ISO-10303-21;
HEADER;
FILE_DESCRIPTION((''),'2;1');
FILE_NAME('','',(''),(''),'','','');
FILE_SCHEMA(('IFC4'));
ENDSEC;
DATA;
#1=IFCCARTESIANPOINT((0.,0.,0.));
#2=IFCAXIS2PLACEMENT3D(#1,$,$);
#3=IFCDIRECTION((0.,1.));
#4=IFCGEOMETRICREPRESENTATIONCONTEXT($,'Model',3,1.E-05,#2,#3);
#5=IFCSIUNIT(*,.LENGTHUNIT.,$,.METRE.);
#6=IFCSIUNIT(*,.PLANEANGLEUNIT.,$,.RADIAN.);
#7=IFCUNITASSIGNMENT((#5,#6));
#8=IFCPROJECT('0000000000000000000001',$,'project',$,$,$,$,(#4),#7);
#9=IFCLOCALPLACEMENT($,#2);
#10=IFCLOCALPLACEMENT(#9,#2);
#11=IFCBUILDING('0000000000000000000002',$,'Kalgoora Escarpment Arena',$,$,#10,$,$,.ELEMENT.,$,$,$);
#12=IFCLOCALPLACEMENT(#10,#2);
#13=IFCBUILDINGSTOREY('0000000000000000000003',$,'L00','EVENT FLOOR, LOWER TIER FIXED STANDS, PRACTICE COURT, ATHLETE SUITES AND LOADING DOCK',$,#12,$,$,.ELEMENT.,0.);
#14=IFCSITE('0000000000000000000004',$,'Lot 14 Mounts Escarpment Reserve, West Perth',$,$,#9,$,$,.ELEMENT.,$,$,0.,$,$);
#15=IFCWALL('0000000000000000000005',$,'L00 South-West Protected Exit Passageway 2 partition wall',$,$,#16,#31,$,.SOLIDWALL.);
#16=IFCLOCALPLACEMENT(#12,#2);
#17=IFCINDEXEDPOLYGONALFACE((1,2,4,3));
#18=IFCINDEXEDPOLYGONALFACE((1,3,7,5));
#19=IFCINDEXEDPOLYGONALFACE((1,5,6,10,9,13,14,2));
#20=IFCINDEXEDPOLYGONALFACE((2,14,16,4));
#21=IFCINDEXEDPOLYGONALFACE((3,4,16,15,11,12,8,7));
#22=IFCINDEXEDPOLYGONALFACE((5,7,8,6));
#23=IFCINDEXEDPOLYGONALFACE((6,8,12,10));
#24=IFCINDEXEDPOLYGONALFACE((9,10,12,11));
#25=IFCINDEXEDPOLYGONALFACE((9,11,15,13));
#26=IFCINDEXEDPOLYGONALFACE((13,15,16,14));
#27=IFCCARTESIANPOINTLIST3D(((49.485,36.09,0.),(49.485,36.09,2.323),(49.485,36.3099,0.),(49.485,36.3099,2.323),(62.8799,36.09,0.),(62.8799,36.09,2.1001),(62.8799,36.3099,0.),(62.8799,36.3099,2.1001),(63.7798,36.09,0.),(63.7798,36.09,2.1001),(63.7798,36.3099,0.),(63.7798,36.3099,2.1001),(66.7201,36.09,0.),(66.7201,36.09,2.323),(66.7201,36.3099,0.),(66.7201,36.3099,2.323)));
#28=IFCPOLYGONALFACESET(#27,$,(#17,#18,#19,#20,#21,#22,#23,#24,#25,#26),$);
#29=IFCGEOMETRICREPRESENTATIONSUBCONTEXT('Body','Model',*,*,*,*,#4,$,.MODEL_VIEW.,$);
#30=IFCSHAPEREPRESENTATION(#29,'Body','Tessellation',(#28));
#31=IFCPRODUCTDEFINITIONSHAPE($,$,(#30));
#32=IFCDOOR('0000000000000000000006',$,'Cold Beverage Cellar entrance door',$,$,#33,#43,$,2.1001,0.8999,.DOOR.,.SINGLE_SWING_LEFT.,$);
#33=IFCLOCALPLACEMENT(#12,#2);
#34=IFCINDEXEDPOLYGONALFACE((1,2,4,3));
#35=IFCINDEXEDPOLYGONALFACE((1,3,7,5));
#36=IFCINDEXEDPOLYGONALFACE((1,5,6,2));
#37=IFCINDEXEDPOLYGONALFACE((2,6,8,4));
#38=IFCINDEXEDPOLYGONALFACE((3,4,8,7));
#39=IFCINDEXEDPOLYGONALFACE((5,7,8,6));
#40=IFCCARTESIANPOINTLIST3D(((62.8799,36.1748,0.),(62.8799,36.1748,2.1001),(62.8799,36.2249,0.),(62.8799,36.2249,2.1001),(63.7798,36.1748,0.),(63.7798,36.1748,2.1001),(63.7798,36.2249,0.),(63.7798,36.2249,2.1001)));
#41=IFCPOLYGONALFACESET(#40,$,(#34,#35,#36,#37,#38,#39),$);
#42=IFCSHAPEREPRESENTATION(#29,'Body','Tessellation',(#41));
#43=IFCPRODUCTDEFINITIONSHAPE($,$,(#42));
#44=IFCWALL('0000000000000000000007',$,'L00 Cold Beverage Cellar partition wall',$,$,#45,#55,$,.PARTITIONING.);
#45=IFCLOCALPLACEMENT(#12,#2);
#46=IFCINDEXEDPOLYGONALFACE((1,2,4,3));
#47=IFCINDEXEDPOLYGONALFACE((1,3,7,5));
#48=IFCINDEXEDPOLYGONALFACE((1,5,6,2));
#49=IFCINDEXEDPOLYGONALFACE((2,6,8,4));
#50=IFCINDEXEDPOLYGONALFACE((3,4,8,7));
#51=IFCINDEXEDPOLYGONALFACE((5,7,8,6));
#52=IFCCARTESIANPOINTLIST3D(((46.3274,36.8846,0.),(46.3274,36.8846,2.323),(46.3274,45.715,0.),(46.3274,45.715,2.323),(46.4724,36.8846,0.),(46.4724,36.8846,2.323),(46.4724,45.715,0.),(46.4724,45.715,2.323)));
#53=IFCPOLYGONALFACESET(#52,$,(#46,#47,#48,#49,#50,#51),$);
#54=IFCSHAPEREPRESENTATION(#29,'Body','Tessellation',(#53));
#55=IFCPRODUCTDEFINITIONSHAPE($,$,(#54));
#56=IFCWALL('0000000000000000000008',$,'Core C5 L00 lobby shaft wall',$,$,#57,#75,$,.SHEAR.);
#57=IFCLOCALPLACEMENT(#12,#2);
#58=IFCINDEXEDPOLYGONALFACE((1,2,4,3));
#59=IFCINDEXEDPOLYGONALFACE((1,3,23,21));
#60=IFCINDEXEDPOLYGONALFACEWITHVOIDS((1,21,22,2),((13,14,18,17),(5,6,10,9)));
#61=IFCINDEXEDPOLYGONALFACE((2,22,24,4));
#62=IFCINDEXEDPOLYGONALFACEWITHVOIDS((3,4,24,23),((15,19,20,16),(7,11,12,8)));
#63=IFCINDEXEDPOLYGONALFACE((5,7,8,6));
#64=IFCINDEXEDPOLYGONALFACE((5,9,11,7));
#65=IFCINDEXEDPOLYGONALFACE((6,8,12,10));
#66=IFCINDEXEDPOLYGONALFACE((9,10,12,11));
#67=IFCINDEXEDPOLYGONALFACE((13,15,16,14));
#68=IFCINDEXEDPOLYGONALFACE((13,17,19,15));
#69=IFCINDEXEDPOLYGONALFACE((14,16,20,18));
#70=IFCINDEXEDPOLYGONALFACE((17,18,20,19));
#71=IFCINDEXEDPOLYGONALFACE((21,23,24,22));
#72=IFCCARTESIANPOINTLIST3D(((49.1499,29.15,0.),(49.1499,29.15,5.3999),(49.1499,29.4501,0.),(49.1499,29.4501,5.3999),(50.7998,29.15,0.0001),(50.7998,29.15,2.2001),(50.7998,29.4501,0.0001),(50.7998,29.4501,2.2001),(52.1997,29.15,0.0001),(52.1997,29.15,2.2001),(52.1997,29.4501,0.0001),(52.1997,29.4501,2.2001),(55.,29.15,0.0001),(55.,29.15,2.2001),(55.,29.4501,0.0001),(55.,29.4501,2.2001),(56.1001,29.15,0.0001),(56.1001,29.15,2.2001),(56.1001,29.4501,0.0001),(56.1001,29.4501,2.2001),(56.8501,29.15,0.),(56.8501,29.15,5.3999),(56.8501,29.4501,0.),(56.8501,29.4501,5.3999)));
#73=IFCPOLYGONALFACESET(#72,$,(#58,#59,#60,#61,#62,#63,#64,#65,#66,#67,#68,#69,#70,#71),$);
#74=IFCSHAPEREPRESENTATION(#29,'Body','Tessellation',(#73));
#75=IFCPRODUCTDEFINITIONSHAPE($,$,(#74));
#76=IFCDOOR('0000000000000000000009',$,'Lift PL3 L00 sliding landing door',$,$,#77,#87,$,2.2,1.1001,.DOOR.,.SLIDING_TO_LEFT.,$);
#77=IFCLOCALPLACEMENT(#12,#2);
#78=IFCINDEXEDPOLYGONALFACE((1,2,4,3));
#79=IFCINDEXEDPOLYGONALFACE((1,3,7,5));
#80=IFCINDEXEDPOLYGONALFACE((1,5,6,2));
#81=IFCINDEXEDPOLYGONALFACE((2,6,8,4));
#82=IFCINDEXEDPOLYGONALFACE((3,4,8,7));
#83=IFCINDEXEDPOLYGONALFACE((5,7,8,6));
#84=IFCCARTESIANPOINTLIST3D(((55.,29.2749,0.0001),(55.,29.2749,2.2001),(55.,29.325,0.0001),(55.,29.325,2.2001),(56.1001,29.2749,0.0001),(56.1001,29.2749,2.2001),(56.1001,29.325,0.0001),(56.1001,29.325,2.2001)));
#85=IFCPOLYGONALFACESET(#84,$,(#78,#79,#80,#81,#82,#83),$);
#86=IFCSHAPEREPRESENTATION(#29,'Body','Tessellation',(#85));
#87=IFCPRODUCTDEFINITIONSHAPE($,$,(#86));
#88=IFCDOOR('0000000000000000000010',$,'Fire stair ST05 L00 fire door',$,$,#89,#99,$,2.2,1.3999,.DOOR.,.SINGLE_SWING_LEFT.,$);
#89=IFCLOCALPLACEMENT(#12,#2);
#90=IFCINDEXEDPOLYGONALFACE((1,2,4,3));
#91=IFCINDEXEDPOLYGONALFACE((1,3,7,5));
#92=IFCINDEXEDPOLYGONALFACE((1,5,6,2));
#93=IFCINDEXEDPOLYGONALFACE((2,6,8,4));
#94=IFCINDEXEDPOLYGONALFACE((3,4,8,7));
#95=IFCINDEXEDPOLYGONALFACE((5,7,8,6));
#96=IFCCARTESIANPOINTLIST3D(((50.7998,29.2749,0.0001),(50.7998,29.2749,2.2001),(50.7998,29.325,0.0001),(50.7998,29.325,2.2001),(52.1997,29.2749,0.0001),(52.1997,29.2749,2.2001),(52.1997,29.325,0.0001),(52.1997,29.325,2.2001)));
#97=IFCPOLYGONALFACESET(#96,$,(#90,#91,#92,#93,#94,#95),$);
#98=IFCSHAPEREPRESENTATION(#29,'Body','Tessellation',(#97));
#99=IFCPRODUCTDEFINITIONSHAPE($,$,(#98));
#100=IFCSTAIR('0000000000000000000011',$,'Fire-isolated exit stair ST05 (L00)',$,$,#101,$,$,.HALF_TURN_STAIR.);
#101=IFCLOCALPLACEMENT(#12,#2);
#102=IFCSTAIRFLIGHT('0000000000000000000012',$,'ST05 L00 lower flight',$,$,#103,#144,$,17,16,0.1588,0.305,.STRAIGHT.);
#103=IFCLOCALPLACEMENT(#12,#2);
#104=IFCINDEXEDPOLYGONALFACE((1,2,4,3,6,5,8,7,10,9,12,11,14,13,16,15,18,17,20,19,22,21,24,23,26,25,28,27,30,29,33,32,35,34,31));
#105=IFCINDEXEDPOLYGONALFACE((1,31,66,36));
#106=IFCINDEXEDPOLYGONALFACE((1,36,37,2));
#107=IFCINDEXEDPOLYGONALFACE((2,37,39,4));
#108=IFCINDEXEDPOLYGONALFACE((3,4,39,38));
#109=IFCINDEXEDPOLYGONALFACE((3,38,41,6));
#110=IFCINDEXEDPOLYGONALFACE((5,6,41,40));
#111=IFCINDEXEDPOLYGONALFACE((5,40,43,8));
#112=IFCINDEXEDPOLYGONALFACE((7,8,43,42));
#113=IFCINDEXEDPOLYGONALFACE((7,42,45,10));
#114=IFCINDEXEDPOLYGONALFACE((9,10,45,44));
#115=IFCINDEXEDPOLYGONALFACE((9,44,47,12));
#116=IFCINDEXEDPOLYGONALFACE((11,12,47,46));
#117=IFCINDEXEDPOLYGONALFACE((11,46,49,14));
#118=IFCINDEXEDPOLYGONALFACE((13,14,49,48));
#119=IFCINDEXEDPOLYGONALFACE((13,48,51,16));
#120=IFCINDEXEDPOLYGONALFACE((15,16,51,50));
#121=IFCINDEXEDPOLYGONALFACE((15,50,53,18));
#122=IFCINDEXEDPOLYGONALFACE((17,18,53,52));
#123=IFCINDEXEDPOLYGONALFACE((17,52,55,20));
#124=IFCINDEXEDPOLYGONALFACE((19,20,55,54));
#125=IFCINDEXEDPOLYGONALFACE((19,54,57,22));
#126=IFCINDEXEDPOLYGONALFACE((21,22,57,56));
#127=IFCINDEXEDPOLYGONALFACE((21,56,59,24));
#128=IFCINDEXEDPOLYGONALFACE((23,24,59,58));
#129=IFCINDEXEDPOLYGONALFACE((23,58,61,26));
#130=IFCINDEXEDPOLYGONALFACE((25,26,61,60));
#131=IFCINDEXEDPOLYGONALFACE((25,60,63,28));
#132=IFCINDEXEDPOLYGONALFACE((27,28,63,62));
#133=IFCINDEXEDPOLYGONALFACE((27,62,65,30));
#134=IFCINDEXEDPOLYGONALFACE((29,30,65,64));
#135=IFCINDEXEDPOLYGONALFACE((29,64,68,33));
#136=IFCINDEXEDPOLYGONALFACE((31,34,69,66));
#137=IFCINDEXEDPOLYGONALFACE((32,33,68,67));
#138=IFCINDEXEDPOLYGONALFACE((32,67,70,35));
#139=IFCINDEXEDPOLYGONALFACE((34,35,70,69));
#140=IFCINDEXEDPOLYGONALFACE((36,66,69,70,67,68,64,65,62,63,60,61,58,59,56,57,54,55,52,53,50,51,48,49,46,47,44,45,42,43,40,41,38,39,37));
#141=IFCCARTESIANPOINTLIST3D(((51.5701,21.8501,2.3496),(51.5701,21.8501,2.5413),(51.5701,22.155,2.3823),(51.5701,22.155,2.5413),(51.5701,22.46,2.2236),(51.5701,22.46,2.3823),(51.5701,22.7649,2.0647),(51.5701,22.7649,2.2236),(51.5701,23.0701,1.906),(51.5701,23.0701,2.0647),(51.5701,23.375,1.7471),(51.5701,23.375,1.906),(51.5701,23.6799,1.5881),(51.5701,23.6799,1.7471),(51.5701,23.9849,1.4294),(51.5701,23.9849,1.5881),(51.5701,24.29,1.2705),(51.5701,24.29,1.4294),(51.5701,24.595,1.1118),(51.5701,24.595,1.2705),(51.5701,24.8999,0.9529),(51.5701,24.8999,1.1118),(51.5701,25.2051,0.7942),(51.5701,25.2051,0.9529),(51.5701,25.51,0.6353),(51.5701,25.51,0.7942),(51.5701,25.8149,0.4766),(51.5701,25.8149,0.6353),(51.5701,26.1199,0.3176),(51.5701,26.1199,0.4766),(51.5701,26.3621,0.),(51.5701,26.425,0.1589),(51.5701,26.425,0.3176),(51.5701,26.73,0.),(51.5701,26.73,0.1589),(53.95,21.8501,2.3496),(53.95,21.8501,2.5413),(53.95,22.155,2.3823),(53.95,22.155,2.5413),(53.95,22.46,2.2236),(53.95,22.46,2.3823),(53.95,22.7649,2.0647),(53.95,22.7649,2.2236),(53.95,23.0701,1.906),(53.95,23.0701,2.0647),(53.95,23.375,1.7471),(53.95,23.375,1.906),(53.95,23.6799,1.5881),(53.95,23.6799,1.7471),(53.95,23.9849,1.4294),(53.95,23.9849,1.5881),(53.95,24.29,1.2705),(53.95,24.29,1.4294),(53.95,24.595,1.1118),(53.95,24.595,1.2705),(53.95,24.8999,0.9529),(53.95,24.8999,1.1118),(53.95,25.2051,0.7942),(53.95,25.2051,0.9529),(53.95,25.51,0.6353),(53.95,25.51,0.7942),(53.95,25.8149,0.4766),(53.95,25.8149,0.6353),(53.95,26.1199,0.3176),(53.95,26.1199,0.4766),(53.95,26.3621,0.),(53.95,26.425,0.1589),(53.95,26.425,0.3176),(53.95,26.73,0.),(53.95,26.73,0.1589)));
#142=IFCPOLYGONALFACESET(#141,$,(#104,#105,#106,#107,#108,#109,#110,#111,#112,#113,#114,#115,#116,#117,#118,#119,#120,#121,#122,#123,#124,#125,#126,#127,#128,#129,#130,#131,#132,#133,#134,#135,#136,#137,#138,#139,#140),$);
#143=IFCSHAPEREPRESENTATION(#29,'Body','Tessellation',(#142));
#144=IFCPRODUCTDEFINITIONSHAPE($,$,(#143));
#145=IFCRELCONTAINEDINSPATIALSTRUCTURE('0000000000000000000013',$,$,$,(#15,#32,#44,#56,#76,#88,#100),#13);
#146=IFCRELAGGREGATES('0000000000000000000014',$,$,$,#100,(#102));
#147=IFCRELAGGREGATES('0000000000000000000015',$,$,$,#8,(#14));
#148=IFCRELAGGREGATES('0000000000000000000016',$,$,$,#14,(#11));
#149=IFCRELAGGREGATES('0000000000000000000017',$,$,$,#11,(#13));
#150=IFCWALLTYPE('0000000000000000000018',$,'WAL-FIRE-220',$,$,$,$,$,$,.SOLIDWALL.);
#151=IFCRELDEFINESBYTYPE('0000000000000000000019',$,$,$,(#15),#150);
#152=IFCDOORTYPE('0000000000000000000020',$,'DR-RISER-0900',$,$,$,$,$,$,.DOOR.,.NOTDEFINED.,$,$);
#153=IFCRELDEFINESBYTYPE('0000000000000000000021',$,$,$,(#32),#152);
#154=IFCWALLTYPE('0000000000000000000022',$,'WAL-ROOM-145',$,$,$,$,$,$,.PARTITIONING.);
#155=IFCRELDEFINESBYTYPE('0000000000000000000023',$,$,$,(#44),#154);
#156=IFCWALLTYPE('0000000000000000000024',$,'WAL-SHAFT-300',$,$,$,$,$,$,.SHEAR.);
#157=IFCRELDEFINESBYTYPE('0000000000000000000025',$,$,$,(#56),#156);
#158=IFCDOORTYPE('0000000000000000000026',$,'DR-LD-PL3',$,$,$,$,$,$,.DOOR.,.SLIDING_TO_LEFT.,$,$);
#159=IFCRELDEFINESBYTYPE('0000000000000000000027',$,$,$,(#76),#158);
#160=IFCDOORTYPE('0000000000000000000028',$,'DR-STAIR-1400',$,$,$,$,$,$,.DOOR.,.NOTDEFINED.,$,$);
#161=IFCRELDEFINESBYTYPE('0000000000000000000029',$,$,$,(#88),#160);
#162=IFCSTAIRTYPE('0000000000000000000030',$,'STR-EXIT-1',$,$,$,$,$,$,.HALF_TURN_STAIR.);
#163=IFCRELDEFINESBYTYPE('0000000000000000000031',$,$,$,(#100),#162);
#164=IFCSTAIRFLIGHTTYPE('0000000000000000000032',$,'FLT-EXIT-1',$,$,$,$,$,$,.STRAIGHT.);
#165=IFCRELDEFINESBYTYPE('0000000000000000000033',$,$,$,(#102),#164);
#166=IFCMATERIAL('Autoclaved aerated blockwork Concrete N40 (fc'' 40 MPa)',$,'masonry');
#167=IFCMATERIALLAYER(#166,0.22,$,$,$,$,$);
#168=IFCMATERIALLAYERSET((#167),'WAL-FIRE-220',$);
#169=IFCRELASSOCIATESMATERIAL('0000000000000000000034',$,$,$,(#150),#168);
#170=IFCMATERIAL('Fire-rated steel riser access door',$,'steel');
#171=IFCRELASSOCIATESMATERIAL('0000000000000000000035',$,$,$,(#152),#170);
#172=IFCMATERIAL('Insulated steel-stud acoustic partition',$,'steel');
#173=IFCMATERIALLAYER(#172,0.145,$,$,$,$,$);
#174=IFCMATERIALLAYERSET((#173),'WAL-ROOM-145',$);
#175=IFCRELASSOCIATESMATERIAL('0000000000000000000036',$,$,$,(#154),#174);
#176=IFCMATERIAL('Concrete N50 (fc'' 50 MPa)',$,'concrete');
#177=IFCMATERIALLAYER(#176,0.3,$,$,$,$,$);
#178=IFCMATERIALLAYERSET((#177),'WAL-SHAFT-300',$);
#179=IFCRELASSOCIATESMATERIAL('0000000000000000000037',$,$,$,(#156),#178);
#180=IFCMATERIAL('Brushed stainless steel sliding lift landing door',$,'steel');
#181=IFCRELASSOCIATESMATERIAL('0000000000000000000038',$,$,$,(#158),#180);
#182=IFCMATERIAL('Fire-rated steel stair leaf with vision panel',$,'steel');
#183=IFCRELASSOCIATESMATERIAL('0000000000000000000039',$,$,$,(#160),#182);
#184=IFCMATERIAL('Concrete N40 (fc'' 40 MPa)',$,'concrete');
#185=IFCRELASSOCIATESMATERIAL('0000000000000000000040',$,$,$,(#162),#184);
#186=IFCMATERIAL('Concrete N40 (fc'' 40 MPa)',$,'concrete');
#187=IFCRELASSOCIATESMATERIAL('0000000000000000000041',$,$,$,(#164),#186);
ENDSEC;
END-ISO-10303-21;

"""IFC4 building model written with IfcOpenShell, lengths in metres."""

from ifc_helpers import new_model, si_unit, direction, frame, frame_2d, origin, place, context, subcontext, project, spatial, polyline, rectangle, outline, extrude, material, layer, layer_set, type_object, element, fill, aggregate, save


model = new_model("IFC4")

# Units and contexts
model_context = context("Model", 3, precision=1e-05, world=origin(), true_north=direction((0.0, 1.0)))
body_context = subcontext(model_context, "Body", "Model", "MODEL_VIEW")
ifc_project = project(units=[si_unit("LENGTHUNIT", "METRE"), si_unit("PLANEANGLEUNIT", "RADIAN")], contexts=[model_context])

# Site, building, storey
site_placement = place(None, origin())
site = spatial("IfcSite", under=ifc_project, at=site_placement, Name="Lot 14 Mounts Escarpment Reserve, West Perth", CompositionType="ELEMENT", RefElevation=0.0)
building_placement = place(site_placement, origin())
building = spatial("IfcBuilding", under=site, at=building_placement, Name="Kalgoora Escarpment Arena", CompositionType="ELEMENT")
storey_placement = place(building_placement, origin())
storey = spatial("IfcBuildingStorey", under=building, at=storey_placement, Name="L00", Description="EVENT FLOOR, LOWER TIER FIXED STANDS, PRACTICE COURT, ATHLETE SUITES AND LOADING DOCK", CompositionType="ELEMENT", Elevation=0.0)

# Shared definitions
ifc_material_1 = material(Name="Autoclaved aerated blockwork Concrete N40 (fc' 40 MPa)", Category="masonry")
ifc_layer_1 = layer(ifc_material_1, 0.22)
ifc_layer_set_1 = layer_set([ifc_layer_1], Name="WAL-FIRE-220")
wall_type_1 = type_object("IfcWallType", Name="WAL-FIRE-220", PredefinedType="SOLIDWALL", material=ifc_layer_set_1)

# Wall, opening, door
wall_1_placement = place(storey_placement, frame((49.4849, 36.2, 0.0), z_axis=(0.0, 0.0, 1.0), x_axis=(1.0, 0.0, 0.0)))
wall_1 = element("IfcWall", 1, at=wall_1_placement, inside=storey, type_object=wall_type_1, Name="L00 South-West Protected Exit Passageway 2 partition wall", PredefinedType="SOLIDWALL", context=body_context, shape_type="SweptSolid", body=[
    extrude(rectangle(XDim=17.2351, YDim=0.22, at=frame_2d((8.6177, 0.0))), origin(), (0.0, 0.0, 1.0), 2.323),
])
opening_1_placement = place(wall_1_placement, frame((13.395, 0.0, 0.0)))
opening_1 = element("IfcOpeningElement", 2, at=opening_1_placement, cuts=wall_1, PredefinedType="OPENING", context=body_context, shape_type="SweptSolid", body=[
    extrude(rectangle(XDim=0.8999, YDim=2.1001, at=frame_2d((0.45, 1.05))), frame((0.0, 0.1199, 0.0), z_axis=(0.0, -1.0, 0.0), x_axis=(1.0, 0.0, 0.0)), (0.0, 0.0, 1.0), 0.24),
])
ifc_material_2 = material(Name="Fire-rated steel riser access door", Category="steel")
door_type_1 = type_object("IfcDoorType", Name="DR-RISER-0900", OperationType="NOTDEFINED", PredefinedType="DOOR", material=ifc_material_2)
door_1_placement = place(opening_1_placement, origin())
door_1 = element("IfcDoor", 3, at=door_1_placement, inside=storey, type_object=door_type_1, Name="Cold Beverage Cellar entrance door", OperationType="SINGLE_SWING_LEFT", OverallHeight=2.1001, OverallWidth=0.8999, PredefinedType="DOOR", context=body_context, shape_type="SweptSolid", body=[
    extrude(rectangle(XDim=0.8999, YDim=2.1001, at=frame_2d((0.45, 1.05))), frame((0.0, 0.0249, 0.0), z_axis=(0.0, -1.0, 0.0), x_axis=(1.0, 0.0, 0.0)), (0.0, 0.0, 1.0), 0.05),
])
fill(opening_1, door_1)

# Wall
ifc_material_3 = material(Name="Insulated steel-stud acoustic partition", Category="steel")
ifc_layer_2 = layer(ifc_material_3, 0.145)
ifc_layer_set_2 = layer_set([ifc_layer_2], Name="WAL-ROOM-145")
wall_type_2 = type_object("IfcWallType", Name="WAL-ROOM-145", PredefinedType="PARTITIONING", material=ifc_layer_set_2)
wall_2_placement = place(storey_placement, frame((46.3999, 36.8848, 0.0), z_axis=(0.0, 0.0, 1.0), x_axis=(0.0, 1.0, 0.0)))
element("IfcWall", 4, at=wall_2_placement, inside=storey, type_object=wall_type_2, Name="L00 Cold Beverage Cellar partition wall", PredefinedType="PARTITIONING", context=body_context, shape_type="SweptSolid", body=[
    extrude(rectangle(XDim=8.8303, YDim=0.145, at=frame_2d((4.415, 0.0))), origin(), (0.0, 0.0, 1.0), 2.323),
])

# Wall, openings, doors
ifc_material_4 = material(Name="Concrete N50 (fc' 50 MPa)", Category="concrete")
ifc_layer_3 = layer(ifc_material_4, 0.3)
ifc_layer_set_3 = layer_set([ifc_layer_3], Name="WAL-SHAFT-300")
wall_type_3 = type_object("IfcWallType", Name="WAL-SHAFT-300", PredefinedType="SHEAR", material=ifc_layer_set_3)
wall_3_placement = place(storey_placement, frame((49.1499, 29.3, 0.0), z_axis=(0.0, 0.0, 1.0), x_axis=(1.0, 0.0, 0.0)))
wall_3 = element("IfcWall", 5, at=wall_3_placement, inside=storey, type_object=wall_type_3, Name="Core C5 L00 lobby shaft wall", PredefinedType="SHEAR", context=body_context, shape_type="SweptSolid", body=[
    extrude(rectangle(XDim=7.7002, YDim=0.3, at=frame_2d((3.8501, 0.0))), origin(), (0.0, 0.0, 1.0), 5.3999),
])
opening_2_placement = place(wall_3_placement, frame((1.6499, 0.0, 0.0)))
opening_2 = element("IfcOpeningElement", 6, at=opening_2_placement, cuts=wall_3, PredefinedType="OPENING", context=body_context, shape_type="SweptSolid", body=[
    extrude(rectangle(XDim=1.3999, YDim=2.2, at=frame_2d((0.7, 1.1001))), frame((0.0, 0.1599, 0.0), z_axis=(0.0, -1.0, 0.0), x_axis=(1.0, 0.0, 0.0)), (0.0, 0.0, 1.0), 0.3201),
])
opening_3_placement = place(wall_3_placement, frame((5.8501, 0.0, 0.0)))
opening_3 = element("IfcOpeningElement", 7, at=opening_3_placement, cuts=wall_3, PredefinedType="OPENING", context=body_context, shape_type="SweptSolid", body=[
    extrude(rectangle(XDim=1.1001, YDim=2.2, at=frame_2d((0.55, 1.1001))), frame((0.0, 0.1599, 0.0), z_axis=(0.0, -1.0, 0.0), x_axis=(1.0, 0.0, 0.0)), (0.0, 0.0, 1.0), 0.3201),
])
ifc_material_5 = material(Name="Brushed stainless steel sliding lift landing door", Category="steel")
door_type_2 = type_object("IfcDoorType", Name="DR-LD-PL3", OperationType="SLIDING_TO_LEFT", PredefinedType="DOOR", material=ifc_material_5)
door_2_placement = place(opening_3_placement, origin())
door_2 = element("IfcDoor", 8, at=door_2_placement, inside=storey, type_object=door_type_2, Name="Lift PL3 L00 sliding landing door", OperationType="SLIDING_TO_LEFT", OverallHeight=2.2, OverallWidth=1.1001, PredefinedType="DOOR", context=body_context, shape_type="SweptSolid", body=[
    extrude(rectangle(XDim=1.1001, YDim=2.2, at=frame_2d((0.55, 1.1001))), frame((0.0, 0.0249, 0.0), z_axis=(0.0, -1.0, 0.0), x_axis=(1.0, 0.0, 0.0)), (0.0, 0.0, 1.0), 0.05),
])
fill(opening_3, door_2)
ifc_material_6 = material(Name="Fire-rated steel stair leaf with vision panel", Category="steel")
door_type_3 = type_object("IfcDoorType", Name="DR-STAIR-1400", OperationType="NOTDEFINED", PredefinedType="DOOR", material=ifc_material_6)
door_3_placement = place(opening_2_placement, origin())
door_3 = element("IfcDoor", 9, at=door_3_placement, inside=storey, type_object=door_type_3, Name="Fire stair ST05 L00 fire door", OperationType="SINGLE_SWING_LEFT", OverallHeight=2.2, OverallWidth=1.3999, PredefinedType="DOOR", context=body_context, shape_type="SweptSolid", body=[
    extrude(rectangle(XDim=1.3999, YDim=2.2, at=frame_2d((0.7, 1.1001))), frame((0.0, 0.0249, 0.0), z_axis=(0.0, -1.0, 0.0), x_axis=(1.0, 0.0, 0.0)), (0.0, 0.0, 1.0), 0.05),
])
fill(opening_2, door_3)

# Stair, stair flight
ifc_material_7 = material(Name="Concrete N40 (fc' 40 MPa)", Category="concrete")
stair_type = type_object("IfcStairType", Name="STR-EXIT-1", PredefinedType="HALF_TURN_STAIR", material=ifc_material_7)
stair_placement = place(storey_placement, origin())
stair = element("IfcStair", 10, at=stair_placement, inside=storey, type_object=stair_type, Name="Fire-isolated exit stair ST05 (L00)", PredefinedType="HALF_TURN_STAIR")
ifc_material_8 = material(Name="Concrete N40 (fc' 40 MPa)", Category="concrete")
stair_flight_type = type_object("IfcStairFlightType", Name="FLT-EXIT-1", PredefinedType="STRAIGHT", material=ifc_material_8)
stair_flight_placement = place(storey_placement, frame((52.76, 26.73, 0.0), z_axis=(0.0, 0.0, 1.0), x_axis=(0.0, -1.0, 0.0)))
stair_flight = element("IfcStairFlight", 11, at=stair_flight_placement, type_object=stair_flight_type, Name="ST05 L00 lower flight", NumberOfRisers=17, NumberOfTreads=16, PredefinedType="STRAIGHT", RiserHeight=0.1588, TreadLength=0.305, context=body_context, shape_type="SweptSolid", body=[
    extrude(outline(polyline([(0.0, 0.0), (0.0, 0.1589), (0.3049, 0.1589), (0.3049, 0.3176), (0.6101, 0.3176), (0.6101, 0.4766), (0.915, 0.4766), (0.915, 0.6353), (1.22, 0.6353), (1.22, 0.7942), (1.5249, 0.7942), (1.5249, 0.9529), (1.8301, 0.9529), (1.8301, 1.1118), (2.135, 1.1118), (2.135, 1.2705), (2.4399, 1.2705), (2.4399, 1.4294), (2.7451, 1.4294), (2.7451, 1.5881), (3.05, 1.5881), (3.05, 1.7471), (3.355, 1.7471), (3.355, 1.906), (3.6599, 1.906), (3.6599, 2.0647), (3.9651, 2.0647), (3.9651, 2.2236), (4.27, 2.2236), (4.27, 2.3823), (4.575, 2.3823), (4.575, 2.5413), (4.8799, 2.5413), (4.8799, 2.7), (4.8799, 2.3496), (0.3679, 0.0), (0.0, 0.0)])), frame((0.0, 1.1899, 0.0), z_axis=(0.0, -1.0, 0.0), x_axis=(1.0, 0.0, 0.0)), (0.0, 0.0, 1.0), 2.3799),
])
aggregate(stair, [stair_flight])

save(model, "model.ifc")
